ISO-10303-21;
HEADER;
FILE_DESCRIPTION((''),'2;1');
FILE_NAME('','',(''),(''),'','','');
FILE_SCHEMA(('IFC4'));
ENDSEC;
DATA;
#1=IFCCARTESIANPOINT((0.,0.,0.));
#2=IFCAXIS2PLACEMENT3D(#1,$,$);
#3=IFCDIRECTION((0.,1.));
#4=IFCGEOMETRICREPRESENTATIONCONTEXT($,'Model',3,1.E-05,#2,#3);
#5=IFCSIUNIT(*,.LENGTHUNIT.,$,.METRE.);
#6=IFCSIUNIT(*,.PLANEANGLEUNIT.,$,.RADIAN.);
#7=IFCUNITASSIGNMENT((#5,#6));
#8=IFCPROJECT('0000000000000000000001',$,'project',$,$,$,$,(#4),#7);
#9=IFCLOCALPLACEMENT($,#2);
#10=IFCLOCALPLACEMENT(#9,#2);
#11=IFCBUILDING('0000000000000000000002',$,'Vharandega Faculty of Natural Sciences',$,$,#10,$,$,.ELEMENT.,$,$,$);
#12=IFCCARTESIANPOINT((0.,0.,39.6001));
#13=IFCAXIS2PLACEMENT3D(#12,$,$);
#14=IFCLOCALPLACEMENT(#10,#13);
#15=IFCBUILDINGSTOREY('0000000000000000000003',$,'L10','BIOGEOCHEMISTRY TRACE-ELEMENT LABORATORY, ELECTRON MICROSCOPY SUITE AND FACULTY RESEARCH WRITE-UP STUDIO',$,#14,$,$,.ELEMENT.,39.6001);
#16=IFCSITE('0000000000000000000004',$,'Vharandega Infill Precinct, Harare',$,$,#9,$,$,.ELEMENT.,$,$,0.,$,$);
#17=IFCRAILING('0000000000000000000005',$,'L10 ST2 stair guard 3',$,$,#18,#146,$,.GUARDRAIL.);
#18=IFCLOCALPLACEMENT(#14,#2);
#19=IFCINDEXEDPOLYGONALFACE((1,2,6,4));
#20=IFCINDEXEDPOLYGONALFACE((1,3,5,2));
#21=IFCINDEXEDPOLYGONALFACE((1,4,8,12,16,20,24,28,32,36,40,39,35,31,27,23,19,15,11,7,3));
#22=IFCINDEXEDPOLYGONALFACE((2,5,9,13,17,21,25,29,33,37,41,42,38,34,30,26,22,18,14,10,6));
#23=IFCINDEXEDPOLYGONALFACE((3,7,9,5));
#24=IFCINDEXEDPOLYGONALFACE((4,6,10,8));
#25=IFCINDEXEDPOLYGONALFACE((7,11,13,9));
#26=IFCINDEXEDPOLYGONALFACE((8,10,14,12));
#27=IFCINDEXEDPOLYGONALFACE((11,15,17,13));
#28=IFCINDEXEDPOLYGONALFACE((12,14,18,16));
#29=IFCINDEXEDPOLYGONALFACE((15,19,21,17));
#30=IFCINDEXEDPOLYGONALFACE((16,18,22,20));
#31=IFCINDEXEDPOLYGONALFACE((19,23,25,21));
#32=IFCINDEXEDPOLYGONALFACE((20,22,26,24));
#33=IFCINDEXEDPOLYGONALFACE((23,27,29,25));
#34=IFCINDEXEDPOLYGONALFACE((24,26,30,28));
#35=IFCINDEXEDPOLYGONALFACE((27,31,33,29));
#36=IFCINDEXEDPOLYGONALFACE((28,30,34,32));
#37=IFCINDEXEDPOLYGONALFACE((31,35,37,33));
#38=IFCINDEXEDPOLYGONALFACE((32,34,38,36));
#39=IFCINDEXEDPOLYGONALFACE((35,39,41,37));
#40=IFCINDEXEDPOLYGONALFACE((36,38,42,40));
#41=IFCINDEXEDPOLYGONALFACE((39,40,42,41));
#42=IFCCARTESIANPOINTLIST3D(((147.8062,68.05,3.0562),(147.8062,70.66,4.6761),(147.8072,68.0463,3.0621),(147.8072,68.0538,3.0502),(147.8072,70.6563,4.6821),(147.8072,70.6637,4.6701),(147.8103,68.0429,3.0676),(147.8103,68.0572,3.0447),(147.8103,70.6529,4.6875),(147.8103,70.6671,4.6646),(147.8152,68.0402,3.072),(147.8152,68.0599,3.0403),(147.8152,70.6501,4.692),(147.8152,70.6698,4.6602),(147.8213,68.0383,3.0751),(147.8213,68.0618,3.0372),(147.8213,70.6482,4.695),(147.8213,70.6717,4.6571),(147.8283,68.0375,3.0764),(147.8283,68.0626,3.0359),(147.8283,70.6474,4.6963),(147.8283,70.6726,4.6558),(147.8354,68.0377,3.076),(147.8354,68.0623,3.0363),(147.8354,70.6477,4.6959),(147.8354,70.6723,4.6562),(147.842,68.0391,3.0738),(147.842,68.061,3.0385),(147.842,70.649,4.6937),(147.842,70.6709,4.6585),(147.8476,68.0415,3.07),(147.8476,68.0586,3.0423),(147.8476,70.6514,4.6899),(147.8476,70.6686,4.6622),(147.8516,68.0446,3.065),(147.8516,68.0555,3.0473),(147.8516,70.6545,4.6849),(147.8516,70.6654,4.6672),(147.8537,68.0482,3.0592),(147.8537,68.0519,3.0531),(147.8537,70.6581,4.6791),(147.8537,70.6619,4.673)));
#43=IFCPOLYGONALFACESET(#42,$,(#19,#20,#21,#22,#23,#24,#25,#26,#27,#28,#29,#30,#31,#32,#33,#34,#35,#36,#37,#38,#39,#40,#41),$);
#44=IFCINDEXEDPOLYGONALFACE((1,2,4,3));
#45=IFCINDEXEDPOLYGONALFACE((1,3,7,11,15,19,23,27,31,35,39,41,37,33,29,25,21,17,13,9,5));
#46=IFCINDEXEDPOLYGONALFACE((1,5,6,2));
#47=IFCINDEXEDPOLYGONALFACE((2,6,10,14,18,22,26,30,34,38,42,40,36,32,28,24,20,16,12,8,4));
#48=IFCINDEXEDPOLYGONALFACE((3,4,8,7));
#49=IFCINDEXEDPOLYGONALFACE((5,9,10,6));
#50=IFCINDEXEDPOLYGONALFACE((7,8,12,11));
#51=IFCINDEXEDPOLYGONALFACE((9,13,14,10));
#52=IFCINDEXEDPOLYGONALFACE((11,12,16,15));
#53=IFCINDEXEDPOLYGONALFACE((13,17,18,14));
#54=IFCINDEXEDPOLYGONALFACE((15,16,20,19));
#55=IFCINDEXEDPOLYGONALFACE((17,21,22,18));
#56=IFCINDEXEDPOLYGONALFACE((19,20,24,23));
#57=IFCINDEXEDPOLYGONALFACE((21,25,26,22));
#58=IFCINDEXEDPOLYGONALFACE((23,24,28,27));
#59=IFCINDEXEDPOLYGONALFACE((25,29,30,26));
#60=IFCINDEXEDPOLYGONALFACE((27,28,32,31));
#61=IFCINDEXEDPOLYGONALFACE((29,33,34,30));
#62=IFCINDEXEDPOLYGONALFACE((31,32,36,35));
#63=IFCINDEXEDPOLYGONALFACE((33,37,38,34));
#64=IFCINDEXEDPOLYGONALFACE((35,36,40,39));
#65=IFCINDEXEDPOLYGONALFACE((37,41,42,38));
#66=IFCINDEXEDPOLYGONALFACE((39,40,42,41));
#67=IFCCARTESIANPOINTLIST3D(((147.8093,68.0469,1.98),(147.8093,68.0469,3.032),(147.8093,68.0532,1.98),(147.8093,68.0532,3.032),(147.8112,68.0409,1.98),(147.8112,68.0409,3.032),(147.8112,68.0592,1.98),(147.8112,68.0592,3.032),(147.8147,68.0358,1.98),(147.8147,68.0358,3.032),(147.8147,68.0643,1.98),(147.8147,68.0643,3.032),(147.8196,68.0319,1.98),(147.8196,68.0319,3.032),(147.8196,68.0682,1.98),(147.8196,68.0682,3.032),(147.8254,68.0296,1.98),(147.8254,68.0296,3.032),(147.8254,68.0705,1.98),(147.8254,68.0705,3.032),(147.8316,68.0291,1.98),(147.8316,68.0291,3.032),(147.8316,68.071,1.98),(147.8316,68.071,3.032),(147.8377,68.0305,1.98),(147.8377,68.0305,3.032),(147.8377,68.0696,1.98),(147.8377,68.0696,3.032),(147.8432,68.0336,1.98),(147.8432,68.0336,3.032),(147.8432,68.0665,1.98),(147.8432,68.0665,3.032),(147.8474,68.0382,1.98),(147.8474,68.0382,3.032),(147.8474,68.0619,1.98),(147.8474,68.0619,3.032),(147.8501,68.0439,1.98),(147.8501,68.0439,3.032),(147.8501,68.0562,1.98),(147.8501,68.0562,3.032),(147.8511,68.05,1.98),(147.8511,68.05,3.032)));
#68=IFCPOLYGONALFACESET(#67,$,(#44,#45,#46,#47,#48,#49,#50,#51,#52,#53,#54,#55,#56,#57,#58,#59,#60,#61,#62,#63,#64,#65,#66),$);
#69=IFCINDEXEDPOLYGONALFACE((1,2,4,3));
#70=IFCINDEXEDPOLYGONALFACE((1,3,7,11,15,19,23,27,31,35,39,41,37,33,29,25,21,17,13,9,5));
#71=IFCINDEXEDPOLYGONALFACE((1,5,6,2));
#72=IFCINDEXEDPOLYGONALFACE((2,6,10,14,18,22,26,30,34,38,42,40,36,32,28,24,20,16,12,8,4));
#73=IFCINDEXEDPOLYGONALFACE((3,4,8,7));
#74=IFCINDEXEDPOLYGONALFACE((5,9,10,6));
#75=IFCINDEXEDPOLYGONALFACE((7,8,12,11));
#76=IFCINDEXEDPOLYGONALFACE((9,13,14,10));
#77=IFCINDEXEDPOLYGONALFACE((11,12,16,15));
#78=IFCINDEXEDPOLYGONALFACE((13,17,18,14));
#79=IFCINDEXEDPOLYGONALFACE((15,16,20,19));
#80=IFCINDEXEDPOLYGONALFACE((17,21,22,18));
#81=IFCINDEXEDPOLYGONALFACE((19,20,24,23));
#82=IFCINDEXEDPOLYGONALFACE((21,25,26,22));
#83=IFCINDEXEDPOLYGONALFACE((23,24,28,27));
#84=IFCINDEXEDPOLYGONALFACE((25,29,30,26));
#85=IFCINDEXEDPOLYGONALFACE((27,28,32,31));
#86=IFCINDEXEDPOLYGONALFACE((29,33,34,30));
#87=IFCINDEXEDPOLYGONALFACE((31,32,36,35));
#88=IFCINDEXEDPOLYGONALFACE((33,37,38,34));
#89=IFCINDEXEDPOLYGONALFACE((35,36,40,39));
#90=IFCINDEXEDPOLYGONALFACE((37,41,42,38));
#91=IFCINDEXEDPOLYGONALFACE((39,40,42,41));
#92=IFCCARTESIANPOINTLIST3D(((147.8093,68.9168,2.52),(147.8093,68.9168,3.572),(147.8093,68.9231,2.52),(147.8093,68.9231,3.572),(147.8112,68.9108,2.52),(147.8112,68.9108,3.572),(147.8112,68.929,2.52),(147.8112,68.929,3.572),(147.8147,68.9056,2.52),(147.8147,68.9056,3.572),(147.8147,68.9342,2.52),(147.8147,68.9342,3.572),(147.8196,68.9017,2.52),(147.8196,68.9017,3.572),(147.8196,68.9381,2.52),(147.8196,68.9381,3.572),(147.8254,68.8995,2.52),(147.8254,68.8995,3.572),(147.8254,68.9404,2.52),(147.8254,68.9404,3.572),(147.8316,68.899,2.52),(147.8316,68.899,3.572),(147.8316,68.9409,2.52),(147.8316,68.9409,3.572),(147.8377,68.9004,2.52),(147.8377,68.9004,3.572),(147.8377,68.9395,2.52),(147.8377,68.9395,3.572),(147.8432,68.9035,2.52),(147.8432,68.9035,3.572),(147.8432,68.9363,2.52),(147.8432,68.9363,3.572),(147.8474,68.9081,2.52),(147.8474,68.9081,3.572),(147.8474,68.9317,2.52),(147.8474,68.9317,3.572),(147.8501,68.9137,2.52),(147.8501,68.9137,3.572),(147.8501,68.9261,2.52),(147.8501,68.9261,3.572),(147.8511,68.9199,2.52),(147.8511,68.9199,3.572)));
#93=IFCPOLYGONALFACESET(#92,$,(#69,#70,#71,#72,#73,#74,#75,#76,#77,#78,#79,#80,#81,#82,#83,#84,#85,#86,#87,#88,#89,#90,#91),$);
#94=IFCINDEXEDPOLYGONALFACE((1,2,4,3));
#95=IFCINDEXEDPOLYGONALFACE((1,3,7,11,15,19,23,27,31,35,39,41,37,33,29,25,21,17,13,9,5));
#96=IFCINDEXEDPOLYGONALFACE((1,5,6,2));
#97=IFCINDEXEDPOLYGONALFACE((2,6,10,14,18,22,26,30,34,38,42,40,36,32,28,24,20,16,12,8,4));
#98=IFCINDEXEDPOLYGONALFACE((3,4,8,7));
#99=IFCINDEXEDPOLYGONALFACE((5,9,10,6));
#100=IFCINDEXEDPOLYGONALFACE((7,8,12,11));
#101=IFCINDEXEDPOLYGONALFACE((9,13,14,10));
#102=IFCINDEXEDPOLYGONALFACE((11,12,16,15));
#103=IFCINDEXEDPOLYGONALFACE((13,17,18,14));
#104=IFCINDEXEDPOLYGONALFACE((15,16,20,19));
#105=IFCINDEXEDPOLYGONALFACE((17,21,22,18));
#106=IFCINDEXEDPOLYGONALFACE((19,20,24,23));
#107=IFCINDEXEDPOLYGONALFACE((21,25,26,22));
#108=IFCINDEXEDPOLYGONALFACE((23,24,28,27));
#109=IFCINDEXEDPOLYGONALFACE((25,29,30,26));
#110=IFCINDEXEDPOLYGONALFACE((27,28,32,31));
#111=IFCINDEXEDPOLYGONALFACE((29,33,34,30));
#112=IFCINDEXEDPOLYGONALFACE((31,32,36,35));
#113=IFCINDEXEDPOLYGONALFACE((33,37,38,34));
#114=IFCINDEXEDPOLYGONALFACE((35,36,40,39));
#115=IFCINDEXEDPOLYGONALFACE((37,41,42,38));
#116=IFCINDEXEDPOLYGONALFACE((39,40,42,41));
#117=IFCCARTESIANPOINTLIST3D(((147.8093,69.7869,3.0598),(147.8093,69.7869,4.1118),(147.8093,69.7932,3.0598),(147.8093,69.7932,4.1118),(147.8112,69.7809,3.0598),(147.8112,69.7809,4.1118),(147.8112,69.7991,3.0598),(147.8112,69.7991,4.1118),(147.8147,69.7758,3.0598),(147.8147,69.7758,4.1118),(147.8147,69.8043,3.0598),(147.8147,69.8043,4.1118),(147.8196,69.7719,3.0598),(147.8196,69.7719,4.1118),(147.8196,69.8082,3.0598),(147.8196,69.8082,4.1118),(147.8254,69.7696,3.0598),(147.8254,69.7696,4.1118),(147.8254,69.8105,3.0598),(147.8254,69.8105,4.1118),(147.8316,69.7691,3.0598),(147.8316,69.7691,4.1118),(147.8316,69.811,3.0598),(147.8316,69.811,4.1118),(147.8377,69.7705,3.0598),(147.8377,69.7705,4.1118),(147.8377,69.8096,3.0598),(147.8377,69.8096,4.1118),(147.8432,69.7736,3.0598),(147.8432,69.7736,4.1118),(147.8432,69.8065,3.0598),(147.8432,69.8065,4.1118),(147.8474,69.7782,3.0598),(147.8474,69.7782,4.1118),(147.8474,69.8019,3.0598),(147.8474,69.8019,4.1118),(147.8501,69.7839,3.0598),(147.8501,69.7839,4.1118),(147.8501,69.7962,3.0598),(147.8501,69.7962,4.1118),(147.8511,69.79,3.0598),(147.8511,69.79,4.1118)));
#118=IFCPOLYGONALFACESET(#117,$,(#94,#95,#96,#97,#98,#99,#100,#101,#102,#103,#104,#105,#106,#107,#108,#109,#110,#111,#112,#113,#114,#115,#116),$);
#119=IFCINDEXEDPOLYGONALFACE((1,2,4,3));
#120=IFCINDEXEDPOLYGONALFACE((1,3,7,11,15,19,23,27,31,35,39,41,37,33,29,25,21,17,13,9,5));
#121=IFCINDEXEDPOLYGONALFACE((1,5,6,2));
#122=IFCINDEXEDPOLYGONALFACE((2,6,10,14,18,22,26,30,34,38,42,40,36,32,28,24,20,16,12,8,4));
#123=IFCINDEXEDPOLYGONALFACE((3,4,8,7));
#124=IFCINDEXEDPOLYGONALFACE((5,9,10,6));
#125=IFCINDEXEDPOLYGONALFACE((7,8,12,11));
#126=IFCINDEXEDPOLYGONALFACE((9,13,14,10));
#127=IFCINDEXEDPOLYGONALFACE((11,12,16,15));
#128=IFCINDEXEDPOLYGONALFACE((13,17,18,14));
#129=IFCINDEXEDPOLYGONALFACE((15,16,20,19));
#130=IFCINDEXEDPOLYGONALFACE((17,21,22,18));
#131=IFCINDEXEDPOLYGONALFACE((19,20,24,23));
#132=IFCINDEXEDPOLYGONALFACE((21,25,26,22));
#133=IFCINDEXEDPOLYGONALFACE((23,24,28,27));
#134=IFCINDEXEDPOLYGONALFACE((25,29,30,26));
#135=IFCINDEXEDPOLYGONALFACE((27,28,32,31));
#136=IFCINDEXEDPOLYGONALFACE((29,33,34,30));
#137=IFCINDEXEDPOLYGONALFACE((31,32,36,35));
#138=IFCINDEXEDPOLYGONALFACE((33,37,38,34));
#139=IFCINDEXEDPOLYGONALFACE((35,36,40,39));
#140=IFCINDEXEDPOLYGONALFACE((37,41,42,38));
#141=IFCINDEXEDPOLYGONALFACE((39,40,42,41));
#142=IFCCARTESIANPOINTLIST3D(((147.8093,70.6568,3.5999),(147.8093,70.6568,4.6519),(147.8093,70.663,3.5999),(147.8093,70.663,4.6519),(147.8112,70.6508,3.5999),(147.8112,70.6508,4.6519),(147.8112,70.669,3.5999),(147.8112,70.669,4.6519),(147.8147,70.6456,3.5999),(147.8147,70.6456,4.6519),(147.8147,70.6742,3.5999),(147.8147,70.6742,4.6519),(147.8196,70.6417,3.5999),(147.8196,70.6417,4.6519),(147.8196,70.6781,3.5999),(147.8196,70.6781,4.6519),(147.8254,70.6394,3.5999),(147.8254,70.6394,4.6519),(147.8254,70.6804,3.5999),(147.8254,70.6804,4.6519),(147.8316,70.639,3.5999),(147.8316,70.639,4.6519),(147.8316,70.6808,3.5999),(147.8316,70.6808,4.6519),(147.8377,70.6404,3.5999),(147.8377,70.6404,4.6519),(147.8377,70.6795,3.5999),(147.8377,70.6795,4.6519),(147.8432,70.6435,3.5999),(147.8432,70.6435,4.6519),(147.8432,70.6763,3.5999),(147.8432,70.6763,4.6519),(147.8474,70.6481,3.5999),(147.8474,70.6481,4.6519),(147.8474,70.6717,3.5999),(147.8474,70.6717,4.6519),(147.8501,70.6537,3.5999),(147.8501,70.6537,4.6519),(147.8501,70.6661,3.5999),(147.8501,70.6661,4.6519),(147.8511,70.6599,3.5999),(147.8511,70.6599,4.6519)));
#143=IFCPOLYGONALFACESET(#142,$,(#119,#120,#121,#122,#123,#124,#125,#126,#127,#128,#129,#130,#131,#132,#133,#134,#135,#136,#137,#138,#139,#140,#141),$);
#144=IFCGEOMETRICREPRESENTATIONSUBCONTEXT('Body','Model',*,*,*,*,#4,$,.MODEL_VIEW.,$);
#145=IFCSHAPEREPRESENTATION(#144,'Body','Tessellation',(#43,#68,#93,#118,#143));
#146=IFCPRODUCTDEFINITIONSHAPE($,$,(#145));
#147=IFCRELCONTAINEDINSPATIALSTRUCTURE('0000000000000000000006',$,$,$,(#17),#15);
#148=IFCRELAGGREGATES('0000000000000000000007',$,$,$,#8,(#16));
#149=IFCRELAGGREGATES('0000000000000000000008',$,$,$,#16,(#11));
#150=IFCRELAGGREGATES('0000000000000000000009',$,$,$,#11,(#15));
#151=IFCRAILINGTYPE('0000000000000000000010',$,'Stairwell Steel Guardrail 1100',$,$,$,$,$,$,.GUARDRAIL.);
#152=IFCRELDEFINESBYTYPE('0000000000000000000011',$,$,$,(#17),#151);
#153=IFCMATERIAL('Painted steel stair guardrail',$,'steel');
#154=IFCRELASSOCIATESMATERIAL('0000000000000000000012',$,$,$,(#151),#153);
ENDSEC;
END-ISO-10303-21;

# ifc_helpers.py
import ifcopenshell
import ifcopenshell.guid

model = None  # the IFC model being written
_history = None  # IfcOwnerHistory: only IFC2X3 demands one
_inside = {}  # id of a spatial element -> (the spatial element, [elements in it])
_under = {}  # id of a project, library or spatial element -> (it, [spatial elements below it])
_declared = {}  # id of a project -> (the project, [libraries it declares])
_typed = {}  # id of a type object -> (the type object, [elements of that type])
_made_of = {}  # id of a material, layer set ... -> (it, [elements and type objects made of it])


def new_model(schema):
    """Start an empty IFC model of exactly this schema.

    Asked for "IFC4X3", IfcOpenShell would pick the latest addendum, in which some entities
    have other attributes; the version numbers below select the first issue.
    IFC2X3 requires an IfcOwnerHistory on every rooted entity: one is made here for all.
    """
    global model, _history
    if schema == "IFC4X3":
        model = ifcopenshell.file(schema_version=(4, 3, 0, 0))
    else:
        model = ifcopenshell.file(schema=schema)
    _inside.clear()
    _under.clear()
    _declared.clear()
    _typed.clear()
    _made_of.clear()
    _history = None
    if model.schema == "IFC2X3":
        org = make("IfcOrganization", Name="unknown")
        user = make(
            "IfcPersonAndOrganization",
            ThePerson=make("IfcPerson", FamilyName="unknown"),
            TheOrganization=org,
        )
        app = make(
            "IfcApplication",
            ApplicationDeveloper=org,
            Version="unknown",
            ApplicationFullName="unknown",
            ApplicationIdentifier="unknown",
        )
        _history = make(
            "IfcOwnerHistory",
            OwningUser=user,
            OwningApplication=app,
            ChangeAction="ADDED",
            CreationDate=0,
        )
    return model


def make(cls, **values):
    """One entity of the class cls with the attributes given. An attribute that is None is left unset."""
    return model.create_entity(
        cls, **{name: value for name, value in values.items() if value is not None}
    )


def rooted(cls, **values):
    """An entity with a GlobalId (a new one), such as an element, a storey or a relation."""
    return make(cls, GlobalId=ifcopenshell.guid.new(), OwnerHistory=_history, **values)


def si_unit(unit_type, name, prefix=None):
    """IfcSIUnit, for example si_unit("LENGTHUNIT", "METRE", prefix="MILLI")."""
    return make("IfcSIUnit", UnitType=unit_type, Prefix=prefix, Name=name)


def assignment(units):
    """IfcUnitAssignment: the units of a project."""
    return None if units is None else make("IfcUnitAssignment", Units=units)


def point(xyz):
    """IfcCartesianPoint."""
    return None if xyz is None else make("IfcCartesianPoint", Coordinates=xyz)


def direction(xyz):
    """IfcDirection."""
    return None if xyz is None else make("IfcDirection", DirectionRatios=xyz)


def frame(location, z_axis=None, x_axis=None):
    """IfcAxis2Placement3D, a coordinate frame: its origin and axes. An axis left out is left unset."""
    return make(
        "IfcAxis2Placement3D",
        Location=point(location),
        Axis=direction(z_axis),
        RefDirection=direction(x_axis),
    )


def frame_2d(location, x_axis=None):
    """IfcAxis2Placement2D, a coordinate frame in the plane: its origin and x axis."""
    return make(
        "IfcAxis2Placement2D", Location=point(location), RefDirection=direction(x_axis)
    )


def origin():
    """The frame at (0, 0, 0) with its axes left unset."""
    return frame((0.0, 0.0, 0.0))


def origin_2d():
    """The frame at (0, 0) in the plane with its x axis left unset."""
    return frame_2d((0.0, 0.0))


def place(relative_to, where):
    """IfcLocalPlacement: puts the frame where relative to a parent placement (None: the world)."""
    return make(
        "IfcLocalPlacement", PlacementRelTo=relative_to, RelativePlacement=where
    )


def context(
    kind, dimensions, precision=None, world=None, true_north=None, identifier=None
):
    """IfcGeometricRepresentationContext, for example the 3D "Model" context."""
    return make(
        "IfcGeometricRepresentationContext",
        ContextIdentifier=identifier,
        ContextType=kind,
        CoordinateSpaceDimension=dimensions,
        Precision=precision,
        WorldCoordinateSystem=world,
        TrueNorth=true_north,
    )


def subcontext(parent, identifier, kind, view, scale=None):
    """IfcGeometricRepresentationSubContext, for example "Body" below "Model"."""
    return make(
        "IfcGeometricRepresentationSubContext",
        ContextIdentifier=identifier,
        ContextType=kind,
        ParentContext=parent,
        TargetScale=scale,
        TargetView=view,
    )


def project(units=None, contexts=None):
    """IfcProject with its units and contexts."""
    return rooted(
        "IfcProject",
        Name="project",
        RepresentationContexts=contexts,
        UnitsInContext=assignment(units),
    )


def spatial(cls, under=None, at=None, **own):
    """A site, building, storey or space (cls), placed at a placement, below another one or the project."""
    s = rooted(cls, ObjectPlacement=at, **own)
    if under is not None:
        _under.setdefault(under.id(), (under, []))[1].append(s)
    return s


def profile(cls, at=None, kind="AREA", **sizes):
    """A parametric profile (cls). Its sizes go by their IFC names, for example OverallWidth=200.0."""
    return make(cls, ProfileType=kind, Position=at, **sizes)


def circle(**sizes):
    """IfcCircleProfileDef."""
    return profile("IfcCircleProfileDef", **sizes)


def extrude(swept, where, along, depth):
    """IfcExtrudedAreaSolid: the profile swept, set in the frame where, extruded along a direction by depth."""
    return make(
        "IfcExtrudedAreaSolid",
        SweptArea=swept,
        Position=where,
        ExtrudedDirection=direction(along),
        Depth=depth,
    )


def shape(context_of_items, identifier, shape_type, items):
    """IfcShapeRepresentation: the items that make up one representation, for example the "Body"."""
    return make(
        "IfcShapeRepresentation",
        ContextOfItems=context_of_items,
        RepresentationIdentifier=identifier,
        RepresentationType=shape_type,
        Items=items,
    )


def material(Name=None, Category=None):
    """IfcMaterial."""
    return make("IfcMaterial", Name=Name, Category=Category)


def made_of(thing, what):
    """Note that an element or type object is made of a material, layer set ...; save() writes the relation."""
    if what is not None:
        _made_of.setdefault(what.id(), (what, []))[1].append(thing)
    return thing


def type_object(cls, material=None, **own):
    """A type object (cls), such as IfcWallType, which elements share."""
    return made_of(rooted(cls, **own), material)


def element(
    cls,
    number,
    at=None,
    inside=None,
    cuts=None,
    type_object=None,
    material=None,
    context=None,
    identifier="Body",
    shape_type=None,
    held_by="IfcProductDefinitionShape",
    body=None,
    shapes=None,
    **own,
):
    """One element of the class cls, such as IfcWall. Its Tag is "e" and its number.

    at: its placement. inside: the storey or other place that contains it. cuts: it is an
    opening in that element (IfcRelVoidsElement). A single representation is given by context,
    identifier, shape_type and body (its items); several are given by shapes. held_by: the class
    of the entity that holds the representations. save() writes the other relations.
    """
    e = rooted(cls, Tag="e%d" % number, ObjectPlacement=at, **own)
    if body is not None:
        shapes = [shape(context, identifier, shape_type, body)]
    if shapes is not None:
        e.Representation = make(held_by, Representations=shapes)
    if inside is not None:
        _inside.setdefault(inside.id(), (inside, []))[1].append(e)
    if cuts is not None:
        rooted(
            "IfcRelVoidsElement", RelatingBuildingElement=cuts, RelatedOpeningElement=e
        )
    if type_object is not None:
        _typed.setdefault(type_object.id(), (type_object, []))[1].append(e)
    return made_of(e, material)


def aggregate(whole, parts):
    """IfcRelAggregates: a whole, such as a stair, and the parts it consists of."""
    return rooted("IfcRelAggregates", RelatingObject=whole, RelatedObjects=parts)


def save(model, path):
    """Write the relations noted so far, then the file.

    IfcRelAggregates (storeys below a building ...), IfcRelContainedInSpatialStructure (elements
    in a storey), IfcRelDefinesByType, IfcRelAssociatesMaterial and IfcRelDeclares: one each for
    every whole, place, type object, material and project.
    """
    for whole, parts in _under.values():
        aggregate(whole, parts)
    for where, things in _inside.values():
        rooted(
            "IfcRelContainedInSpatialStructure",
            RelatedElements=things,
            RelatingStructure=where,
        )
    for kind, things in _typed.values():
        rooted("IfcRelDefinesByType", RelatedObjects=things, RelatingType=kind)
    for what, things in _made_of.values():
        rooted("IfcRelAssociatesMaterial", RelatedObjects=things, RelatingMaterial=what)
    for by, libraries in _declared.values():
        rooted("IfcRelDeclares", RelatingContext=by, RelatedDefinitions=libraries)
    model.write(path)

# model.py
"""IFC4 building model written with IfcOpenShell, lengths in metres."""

from ifc_helpers import new_model, si_unit, direction, frame, origin, origin_2d, place, context, subcontext, project, spatial, circle, extrude, material, type_object, element, save


model = new_model("IFC4")

# Units and contexts
model_context = context("Model", 3, precision=1e-05, world=origin(), true_north=direction((0.0, 1.0)))
body_context = subcontext(model_context, "Body", "Model", "MODEL_VIEW")
ifc_project = project(units=[si_unit("LENGTHUNIT", "METRE"), si_unit("PLANEANGLEUNIT", "RADIAN")], contexts=[model_context])

# Site, building, storey
site_placement = place(None, origin())
site = spatial("IfcSite", under=ifc_project, at=site_placement, Name="Vharandega Infill Precinct, Harare", CompositionType="ELEMENT", RefElevation=0.0)
building_placement = place(site_placement, origin())
building = spatial("IfcBuilding", under=site, at=building_placement, Name="Vharandega Faculty of Natural Sciences", CompositionType="ELEMENT")
storey_placement = place(building_placement, frame((0.0, 0.0, 39.6001)))
storey = spatial("IfcBuildingStorey", under=building, at=storey_placement, Name="L10", Description="BIOGEOCHEMISTRY TRACE-ELEMENT LABORATORY, ELECTRON MICROSCOPY SUITE AND FACULTY RESEARCH WRITE-UP STUDIO", CompositionType="ELEMENT", Elevation=39.6001)

# Railing
ifc_material_1 = material(Name="Painted steel stair guardrail", Category="steel")
railing_type_1 = type_object("IfcRailingType", Name="Stairwell Steel Guardrail 1100", PredefinedType="GUARDRAIL", material=ifc_material_1)
railing_1_placement = place(storey_placement, frame((147.8301, 68.05, 1.98)))
element("IfcRailing", 1, at=railing_1_placement, inside=storey, type_object=railing_type_1, Name="L10 ST2 stair guard 3", PredefinedType="GUARDRAIL", context=body_context, shape_type="SweptSolid", body=[
    extrude(circle(Radius=0.0239, at=origin_2d()), frame((0.0, 0.0, 1.0762), z_axis=(0.0, 0.849646, 0.527353), x_axis=(-1.0, 0.0, 0.0)), (0.0, 0.0, 1.0), 3.0718),
    extrude(circle(Radius=0.021, at=origin_2d()), origin(), (0.0, 0.0, 1.0), 1.052),
    extrude(circle(Radius=0.021, at=origin_2d()), frame((0.0, 0.8699, 0.54)), (0.0, 0.0, 1.0), 1.052),
    extrude(circle(Radius=0.021, at=origin_2d()), frame((0.0, 1.74, 1.0798)), (0.0, 0.0, 1.0), 1.052),
    extrude(circle(Radius=0.021, at=origin_2d()), frame((0.0, 2.6099, 1.6199)), (0.0, 0.0, 1.0), 1.052),
])

save(model, "model.ifc")
